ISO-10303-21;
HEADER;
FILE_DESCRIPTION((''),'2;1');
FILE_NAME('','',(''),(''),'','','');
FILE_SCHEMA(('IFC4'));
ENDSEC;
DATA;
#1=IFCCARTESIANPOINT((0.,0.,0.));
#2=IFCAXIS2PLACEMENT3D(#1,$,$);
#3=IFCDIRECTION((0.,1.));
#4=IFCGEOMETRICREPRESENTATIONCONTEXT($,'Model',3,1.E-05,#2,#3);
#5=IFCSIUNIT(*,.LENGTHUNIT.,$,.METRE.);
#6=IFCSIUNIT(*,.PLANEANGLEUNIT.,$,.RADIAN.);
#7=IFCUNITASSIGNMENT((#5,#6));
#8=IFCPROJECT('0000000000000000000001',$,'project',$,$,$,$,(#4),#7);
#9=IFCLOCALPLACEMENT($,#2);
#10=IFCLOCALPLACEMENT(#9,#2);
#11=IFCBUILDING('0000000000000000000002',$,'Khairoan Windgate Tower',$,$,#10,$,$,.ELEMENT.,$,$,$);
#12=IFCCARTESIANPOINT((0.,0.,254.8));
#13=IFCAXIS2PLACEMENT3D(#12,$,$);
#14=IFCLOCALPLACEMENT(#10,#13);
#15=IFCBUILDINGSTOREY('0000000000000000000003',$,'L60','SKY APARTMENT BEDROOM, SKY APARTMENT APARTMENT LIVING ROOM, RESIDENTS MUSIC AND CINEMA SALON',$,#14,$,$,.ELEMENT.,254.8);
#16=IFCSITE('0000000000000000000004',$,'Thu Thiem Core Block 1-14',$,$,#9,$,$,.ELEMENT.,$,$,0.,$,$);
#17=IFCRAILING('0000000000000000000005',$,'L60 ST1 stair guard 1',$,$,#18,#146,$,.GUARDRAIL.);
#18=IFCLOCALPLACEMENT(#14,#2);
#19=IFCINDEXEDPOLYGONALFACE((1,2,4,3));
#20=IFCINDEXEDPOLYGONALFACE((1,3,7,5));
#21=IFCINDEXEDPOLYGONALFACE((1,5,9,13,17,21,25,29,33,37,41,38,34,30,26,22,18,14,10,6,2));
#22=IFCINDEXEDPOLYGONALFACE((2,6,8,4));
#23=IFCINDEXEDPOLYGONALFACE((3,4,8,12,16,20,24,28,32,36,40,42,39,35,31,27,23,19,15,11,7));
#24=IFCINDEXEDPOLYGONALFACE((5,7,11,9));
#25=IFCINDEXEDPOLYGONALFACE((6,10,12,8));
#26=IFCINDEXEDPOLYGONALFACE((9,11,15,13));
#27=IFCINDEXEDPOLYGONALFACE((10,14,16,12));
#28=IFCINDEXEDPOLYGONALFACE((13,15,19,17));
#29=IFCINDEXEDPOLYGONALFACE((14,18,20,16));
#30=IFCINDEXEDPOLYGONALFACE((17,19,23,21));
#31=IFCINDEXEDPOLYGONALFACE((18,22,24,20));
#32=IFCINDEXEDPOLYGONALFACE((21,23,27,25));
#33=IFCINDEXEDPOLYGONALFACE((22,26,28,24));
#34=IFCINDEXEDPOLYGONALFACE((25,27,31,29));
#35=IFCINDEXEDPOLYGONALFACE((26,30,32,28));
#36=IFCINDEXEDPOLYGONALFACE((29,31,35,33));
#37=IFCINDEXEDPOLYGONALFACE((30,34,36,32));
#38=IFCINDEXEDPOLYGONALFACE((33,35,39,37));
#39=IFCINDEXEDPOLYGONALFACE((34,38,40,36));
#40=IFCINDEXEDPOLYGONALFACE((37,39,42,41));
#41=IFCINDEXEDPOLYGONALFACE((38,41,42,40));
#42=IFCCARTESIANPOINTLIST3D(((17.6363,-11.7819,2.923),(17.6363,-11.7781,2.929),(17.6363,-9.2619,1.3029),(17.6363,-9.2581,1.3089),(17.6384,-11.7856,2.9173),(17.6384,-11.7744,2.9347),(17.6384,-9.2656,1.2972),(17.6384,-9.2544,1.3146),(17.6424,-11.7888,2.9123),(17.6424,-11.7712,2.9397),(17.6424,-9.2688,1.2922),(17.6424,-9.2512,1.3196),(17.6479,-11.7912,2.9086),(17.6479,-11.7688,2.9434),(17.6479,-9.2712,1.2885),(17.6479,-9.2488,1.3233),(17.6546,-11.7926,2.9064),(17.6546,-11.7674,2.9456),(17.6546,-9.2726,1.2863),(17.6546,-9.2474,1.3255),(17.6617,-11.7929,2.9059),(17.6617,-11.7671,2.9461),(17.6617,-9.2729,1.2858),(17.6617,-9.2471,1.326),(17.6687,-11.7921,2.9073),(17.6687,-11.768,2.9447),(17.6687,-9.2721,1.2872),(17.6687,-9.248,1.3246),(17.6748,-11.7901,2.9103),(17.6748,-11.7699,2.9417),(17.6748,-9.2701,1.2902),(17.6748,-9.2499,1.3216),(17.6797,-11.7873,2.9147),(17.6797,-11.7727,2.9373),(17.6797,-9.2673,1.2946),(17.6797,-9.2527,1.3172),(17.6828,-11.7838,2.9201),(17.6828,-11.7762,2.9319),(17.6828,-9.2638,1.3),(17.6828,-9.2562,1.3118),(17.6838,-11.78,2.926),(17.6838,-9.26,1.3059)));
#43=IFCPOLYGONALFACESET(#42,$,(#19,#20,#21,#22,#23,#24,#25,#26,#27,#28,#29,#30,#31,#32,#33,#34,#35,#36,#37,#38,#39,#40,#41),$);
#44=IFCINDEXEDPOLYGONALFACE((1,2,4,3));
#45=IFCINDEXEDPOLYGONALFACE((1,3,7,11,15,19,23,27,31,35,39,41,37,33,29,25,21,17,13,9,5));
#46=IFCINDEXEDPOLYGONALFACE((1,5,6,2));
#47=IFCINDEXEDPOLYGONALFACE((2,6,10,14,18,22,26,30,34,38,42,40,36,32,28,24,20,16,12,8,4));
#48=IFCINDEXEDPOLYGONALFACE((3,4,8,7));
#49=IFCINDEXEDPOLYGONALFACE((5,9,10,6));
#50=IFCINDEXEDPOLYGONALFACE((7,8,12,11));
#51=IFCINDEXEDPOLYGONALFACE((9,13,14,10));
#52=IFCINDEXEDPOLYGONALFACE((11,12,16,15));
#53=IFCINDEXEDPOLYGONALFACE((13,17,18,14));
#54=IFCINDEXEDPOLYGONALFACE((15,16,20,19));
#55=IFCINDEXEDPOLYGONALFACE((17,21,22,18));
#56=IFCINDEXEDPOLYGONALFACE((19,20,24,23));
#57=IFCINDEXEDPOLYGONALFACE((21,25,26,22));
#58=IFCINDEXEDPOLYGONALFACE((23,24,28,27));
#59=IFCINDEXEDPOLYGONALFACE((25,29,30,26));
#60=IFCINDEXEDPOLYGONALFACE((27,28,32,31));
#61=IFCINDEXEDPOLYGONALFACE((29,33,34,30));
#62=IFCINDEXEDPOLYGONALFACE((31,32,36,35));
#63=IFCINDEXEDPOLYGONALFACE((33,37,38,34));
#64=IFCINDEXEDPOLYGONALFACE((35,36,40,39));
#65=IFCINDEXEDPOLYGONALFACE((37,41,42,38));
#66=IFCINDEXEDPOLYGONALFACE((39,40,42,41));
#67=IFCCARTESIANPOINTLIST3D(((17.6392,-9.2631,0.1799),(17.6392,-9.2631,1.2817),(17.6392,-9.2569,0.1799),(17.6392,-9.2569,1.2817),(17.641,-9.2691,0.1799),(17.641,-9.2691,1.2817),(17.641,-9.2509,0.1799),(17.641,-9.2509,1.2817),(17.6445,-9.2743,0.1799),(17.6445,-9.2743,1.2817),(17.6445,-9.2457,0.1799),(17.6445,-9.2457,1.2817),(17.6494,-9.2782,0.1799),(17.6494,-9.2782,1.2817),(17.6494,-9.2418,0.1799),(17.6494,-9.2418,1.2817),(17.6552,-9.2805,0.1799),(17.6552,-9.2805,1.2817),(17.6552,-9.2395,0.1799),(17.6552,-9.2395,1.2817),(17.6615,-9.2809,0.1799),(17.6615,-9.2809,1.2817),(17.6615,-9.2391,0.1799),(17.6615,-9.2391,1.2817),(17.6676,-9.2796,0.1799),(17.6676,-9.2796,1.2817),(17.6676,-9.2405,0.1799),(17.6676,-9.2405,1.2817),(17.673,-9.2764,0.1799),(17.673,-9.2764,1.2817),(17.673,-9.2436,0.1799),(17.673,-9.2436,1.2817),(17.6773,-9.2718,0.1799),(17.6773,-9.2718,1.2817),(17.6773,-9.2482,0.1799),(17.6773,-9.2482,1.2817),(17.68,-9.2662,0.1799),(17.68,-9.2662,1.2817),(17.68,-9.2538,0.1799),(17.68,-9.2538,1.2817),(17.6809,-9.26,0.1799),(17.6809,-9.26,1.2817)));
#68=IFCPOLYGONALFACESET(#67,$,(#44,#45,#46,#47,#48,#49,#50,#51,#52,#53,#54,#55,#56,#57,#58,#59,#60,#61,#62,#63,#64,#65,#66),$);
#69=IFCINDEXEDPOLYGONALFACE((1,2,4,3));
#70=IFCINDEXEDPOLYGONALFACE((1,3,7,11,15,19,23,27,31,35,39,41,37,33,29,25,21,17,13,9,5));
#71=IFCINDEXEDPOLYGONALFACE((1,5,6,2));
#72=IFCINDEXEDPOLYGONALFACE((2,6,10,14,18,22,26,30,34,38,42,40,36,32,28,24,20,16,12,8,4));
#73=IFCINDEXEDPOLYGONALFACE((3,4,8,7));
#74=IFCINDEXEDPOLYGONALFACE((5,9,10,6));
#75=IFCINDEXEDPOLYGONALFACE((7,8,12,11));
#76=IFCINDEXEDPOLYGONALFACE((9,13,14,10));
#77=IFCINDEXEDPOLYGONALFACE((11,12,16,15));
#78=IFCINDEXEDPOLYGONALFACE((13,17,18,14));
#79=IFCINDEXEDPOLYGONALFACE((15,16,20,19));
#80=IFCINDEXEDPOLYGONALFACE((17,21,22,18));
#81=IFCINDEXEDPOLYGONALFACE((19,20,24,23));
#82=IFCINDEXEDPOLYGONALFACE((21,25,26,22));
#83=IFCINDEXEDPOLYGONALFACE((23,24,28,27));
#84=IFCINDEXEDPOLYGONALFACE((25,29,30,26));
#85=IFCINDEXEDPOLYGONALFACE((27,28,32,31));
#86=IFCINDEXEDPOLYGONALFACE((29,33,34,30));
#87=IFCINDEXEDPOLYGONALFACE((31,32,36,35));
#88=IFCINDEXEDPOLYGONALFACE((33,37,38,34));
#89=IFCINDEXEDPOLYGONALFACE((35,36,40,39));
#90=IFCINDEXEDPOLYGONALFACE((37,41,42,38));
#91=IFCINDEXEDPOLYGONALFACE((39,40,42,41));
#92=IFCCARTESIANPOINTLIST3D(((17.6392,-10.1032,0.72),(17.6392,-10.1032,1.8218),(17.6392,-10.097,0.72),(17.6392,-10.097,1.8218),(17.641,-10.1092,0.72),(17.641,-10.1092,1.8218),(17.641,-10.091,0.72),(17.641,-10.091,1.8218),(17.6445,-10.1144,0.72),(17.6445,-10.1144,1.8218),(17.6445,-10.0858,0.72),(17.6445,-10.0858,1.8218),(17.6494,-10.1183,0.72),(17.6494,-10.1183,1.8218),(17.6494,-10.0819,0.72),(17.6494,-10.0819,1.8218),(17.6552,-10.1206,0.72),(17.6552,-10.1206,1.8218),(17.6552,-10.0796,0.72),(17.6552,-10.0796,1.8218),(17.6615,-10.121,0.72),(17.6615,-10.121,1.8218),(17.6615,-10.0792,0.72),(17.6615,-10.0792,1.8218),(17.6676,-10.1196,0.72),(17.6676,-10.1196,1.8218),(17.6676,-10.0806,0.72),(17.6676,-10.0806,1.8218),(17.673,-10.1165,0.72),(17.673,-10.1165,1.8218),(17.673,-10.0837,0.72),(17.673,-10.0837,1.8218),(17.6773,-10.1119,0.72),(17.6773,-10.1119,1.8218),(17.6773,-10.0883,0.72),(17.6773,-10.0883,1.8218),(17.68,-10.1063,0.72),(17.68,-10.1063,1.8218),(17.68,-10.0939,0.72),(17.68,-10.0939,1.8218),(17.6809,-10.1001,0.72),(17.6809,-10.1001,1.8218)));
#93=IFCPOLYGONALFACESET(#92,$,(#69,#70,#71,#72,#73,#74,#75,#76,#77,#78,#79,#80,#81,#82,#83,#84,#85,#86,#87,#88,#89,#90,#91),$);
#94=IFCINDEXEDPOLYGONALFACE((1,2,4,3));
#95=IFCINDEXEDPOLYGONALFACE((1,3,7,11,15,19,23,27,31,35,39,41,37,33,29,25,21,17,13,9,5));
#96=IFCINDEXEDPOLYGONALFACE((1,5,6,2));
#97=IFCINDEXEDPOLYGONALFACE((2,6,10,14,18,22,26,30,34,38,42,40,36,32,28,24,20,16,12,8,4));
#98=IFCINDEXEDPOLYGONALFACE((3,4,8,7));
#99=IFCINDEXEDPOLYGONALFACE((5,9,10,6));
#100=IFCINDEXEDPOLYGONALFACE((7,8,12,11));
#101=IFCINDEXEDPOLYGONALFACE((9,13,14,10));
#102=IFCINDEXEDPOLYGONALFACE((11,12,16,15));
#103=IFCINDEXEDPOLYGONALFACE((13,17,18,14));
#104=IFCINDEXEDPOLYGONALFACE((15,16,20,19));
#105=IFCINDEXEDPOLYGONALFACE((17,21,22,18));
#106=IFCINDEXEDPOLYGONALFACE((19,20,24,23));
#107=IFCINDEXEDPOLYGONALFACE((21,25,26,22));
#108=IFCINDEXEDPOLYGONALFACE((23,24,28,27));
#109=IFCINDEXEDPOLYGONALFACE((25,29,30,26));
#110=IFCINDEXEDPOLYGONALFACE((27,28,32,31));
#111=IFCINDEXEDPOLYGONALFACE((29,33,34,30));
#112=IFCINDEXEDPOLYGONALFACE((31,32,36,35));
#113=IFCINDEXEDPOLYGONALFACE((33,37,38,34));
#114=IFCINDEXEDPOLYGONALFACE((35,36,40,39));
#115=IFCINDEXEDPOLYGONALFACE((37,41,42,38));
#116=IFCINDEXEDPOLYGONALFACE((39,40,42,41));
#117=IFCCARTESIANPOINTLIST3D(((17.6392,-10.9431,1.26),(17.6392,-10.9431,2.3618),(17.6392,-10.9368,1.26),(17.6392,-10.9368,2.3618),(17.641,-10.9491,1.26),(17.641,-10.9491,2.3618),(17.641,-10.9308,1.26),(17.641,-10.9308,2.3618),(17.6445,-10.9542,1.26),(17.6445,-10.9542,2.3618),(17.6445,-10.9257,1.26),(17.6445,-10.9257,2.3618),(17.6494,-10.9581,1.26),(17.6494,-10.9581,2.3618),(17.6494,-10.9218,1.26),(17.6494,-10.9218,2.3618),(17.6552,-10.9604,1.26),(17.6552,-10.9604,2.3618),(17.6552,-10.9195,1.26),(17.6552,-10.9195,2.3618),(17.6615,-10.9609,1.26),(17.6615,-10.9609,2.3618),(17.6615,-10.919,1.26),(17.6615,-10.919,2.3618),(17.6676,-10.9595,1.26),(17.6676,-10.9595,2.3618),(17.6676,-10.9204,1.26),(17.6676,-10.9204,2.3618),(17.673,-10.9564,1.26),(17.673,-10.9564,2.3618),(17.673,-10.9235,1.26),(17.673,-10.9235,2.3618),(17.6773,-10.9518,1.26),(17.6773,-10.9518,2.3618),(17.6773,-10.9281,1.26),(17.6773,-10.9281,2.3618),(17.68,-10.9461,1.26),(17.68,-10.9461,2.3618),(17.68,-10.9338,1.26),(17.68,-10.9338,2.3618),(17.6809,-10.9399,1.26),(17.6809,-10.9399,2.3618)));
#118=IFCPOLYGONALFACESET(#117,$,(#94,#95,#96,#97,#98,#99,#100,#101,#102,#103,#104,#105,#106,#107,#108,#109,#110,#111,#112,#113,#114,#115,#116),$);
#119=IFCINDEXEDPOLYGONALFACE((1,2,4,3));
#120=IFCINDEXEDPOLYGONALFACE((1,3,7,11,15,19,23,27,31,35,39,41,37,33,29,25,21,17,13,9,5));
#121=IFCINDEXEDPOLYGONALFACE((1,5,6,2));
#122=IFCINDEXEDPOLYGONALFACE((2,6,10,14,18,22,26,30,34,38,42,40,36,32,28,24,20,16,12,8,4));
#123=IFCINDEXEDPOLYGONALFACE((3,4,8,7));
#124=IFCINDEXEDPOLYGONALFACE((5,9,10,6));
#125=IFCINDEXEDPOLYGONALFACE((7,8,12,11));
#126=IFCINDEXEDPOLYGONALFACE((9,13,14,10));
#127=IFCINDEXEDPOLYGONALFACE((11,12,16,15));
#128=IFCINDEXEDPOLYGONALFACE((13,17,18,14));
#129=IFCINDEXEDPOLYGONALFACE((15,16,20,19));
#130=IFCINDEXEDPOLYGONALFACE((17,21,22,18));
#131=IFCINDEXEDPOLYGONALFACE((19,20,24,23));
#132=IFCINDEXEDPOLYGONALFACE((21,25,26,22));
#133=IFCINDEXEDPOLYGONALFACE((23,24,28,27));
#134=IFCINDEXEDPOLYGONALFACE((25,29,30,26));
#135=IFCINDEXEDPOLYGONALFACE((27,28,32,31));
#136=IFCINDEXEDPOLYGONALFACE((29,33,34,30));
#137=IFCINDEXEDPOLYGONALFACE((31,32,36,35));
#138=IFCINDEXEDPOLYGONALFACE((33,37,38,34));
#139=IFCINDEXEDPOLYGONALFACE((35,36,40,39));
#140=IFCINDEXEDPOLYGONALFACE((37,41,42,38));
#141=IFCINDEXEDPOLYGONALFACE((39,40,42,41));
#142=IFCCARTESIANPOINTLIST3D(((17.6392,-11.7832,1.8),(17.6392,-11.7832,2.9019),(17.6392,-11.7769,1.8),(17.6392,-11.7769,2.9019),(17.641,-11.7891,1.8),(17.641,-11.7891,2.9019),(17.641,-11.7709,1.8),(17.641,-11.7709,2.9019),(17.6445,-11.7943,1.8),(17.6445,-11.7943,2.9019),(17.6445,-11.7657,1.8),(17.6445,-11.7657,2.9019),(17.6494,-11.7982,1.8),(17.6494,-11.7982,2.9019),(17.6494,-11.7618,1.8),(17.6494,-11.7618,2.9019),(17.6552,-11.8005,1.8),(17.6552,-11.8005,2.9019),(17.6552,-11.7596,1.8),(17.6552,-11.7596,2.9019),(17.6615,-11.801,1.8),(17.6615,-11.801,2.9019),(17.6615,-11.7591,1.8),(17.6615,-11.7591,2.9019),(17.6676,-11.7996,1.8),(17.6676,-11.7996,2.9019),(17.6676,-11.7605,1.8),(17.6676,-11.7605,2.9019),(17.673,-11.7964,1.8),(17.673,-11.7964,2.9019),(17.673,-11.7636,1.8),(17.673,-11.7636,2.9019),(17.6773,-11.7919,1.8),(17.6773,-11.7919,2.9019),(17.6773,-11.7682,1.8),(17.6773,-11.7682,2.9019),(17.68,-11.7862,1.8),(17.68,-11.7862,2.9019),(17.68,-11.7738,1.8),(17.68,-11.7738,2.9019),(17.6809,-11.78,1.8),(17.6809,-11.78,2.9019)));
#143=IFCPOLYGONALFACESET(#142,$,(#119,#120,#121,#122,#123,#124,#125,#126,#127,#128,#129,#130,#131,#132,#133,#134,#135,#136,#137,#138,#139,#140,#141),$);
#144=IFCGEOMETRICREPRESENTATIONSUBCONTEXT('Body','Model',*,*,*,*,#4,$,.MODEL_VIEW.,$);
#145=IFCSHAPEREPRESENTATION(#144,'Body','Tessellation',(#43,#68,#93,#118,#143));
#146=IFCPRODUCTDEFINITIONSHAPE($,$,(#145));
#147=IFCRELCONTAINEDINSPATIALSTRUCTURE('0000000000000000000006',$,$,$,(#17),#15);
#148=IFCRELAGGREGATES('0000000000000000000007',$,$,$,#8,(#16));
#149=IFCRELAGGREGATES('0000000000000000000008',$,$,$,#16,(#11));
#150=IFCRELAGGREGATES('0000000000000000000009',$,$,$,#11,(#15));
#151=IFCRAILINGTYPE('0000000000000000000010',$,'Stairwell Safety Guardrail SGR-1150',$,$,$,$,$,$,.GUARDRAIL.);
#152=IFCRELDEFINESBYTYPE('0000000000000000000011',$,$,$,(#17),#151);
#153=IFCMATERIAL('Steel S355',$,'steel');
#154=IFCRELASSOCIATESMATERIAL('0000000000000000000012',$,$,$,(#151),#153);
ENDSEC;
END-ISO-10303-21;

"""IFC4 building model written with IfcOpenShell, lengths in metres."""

from ifc_helpers import new_model, si_unit, direction, frame, origin, origin_2d, place, context, subcontext, project, spatial, circle, extrude, material, type_object, element, save


model = new_model("IFC4")

# Units and contexts
model_context = context("Model", 3, precision=1e-05, world=origin(), true_north=direction((0.0, 1.0)))
body_context = subcontext(model_context, "Body", "Model", "MODEL_VIEW")
ifc_project = project(units=[si_unit("LENGTHUNIT", "METRE"), si_unit("PLANEANGLEUNIT", "RADIAN")], contexts=[model_context])

# Site, building, storey
site_placement = place(None, origin())
site = spatial("IfcSite", under=ifc_project, at=site_placement, Name="Thu Thiem Core Block 1-14", CompositionType="ELEMENT", RefElevation=0.0)
building_placement = place(site_placement, origin())
building = spatial("IfcBuilding", under=site, at=building_placement, Name="Khairoan Windgate Tower", CompositionType="ELEMENT")
storey_placement = place(building_placement, frame((0.0, 0.0, 254.8)))
storey = spatial("IfcBuildingStorey", under=building, at=storey_placement, Name="L60", Description="SKY APARTMENT BEDROOM, SKY APARTMENT APARTMENT LIVING ROOM, RESIDENTS MUSIC AND CINEMA SALON", CompositionType="ELEMENT", Elevation=254.8)

# Railing
ifc_material_1 = material(Name="Steel S355", Category="steel")
railing_type_1 = type_object("IfcRailingType", Name="Stairwell Safety Guardrail SGR-1150", PredefinedType="GUARDRAIL", material=ifc_material_1)
railing_1_placement = place(storey_placement, frame((17.6599, -9.26, 0.1799)))
element("IfcRailing", 1, at=railing_1_placement, inside=storey, type_object=railing_type_1, Name="L60 ST1 stair guard 1", PredefinedType="GUARDRAIL", context=body_context, shape_type="SweptSolid", body=[
    extrude(circle(Radius=0.0239, at=origin_2d()), frame((0.0, 0.0, 1.126), z_axis=(0.0, -0.841163, 0.540782), x_axis=(1.0, 0.0, 0.0)), (0.0, 0.0, 1.0), 2.9958),
    extrude(circle(Radius=0.021, at=origin_2d()), origin(), (0.0, 0.0, 1.0), 1.1018),
    extrude(circle(Radius=0.021, at=origin_2d()), frame((0.0, -0.8401, 0.54)), (0.0, 0.0, 1.0), 1.1018),
    extrude(circle(Radius=0.021, at=origin_2d()), frame((0.0, -1.6799, 1.0801)), (0.0, 0.0, 1.0), 1.1018),
    extrude(circle(Radius=0.021, at=origin_2d()), frame((0.0, -2.52, 1.6201)), (0.0, 0.0, 1.0), 1.1018),
])

save(model, "model.ifc")
